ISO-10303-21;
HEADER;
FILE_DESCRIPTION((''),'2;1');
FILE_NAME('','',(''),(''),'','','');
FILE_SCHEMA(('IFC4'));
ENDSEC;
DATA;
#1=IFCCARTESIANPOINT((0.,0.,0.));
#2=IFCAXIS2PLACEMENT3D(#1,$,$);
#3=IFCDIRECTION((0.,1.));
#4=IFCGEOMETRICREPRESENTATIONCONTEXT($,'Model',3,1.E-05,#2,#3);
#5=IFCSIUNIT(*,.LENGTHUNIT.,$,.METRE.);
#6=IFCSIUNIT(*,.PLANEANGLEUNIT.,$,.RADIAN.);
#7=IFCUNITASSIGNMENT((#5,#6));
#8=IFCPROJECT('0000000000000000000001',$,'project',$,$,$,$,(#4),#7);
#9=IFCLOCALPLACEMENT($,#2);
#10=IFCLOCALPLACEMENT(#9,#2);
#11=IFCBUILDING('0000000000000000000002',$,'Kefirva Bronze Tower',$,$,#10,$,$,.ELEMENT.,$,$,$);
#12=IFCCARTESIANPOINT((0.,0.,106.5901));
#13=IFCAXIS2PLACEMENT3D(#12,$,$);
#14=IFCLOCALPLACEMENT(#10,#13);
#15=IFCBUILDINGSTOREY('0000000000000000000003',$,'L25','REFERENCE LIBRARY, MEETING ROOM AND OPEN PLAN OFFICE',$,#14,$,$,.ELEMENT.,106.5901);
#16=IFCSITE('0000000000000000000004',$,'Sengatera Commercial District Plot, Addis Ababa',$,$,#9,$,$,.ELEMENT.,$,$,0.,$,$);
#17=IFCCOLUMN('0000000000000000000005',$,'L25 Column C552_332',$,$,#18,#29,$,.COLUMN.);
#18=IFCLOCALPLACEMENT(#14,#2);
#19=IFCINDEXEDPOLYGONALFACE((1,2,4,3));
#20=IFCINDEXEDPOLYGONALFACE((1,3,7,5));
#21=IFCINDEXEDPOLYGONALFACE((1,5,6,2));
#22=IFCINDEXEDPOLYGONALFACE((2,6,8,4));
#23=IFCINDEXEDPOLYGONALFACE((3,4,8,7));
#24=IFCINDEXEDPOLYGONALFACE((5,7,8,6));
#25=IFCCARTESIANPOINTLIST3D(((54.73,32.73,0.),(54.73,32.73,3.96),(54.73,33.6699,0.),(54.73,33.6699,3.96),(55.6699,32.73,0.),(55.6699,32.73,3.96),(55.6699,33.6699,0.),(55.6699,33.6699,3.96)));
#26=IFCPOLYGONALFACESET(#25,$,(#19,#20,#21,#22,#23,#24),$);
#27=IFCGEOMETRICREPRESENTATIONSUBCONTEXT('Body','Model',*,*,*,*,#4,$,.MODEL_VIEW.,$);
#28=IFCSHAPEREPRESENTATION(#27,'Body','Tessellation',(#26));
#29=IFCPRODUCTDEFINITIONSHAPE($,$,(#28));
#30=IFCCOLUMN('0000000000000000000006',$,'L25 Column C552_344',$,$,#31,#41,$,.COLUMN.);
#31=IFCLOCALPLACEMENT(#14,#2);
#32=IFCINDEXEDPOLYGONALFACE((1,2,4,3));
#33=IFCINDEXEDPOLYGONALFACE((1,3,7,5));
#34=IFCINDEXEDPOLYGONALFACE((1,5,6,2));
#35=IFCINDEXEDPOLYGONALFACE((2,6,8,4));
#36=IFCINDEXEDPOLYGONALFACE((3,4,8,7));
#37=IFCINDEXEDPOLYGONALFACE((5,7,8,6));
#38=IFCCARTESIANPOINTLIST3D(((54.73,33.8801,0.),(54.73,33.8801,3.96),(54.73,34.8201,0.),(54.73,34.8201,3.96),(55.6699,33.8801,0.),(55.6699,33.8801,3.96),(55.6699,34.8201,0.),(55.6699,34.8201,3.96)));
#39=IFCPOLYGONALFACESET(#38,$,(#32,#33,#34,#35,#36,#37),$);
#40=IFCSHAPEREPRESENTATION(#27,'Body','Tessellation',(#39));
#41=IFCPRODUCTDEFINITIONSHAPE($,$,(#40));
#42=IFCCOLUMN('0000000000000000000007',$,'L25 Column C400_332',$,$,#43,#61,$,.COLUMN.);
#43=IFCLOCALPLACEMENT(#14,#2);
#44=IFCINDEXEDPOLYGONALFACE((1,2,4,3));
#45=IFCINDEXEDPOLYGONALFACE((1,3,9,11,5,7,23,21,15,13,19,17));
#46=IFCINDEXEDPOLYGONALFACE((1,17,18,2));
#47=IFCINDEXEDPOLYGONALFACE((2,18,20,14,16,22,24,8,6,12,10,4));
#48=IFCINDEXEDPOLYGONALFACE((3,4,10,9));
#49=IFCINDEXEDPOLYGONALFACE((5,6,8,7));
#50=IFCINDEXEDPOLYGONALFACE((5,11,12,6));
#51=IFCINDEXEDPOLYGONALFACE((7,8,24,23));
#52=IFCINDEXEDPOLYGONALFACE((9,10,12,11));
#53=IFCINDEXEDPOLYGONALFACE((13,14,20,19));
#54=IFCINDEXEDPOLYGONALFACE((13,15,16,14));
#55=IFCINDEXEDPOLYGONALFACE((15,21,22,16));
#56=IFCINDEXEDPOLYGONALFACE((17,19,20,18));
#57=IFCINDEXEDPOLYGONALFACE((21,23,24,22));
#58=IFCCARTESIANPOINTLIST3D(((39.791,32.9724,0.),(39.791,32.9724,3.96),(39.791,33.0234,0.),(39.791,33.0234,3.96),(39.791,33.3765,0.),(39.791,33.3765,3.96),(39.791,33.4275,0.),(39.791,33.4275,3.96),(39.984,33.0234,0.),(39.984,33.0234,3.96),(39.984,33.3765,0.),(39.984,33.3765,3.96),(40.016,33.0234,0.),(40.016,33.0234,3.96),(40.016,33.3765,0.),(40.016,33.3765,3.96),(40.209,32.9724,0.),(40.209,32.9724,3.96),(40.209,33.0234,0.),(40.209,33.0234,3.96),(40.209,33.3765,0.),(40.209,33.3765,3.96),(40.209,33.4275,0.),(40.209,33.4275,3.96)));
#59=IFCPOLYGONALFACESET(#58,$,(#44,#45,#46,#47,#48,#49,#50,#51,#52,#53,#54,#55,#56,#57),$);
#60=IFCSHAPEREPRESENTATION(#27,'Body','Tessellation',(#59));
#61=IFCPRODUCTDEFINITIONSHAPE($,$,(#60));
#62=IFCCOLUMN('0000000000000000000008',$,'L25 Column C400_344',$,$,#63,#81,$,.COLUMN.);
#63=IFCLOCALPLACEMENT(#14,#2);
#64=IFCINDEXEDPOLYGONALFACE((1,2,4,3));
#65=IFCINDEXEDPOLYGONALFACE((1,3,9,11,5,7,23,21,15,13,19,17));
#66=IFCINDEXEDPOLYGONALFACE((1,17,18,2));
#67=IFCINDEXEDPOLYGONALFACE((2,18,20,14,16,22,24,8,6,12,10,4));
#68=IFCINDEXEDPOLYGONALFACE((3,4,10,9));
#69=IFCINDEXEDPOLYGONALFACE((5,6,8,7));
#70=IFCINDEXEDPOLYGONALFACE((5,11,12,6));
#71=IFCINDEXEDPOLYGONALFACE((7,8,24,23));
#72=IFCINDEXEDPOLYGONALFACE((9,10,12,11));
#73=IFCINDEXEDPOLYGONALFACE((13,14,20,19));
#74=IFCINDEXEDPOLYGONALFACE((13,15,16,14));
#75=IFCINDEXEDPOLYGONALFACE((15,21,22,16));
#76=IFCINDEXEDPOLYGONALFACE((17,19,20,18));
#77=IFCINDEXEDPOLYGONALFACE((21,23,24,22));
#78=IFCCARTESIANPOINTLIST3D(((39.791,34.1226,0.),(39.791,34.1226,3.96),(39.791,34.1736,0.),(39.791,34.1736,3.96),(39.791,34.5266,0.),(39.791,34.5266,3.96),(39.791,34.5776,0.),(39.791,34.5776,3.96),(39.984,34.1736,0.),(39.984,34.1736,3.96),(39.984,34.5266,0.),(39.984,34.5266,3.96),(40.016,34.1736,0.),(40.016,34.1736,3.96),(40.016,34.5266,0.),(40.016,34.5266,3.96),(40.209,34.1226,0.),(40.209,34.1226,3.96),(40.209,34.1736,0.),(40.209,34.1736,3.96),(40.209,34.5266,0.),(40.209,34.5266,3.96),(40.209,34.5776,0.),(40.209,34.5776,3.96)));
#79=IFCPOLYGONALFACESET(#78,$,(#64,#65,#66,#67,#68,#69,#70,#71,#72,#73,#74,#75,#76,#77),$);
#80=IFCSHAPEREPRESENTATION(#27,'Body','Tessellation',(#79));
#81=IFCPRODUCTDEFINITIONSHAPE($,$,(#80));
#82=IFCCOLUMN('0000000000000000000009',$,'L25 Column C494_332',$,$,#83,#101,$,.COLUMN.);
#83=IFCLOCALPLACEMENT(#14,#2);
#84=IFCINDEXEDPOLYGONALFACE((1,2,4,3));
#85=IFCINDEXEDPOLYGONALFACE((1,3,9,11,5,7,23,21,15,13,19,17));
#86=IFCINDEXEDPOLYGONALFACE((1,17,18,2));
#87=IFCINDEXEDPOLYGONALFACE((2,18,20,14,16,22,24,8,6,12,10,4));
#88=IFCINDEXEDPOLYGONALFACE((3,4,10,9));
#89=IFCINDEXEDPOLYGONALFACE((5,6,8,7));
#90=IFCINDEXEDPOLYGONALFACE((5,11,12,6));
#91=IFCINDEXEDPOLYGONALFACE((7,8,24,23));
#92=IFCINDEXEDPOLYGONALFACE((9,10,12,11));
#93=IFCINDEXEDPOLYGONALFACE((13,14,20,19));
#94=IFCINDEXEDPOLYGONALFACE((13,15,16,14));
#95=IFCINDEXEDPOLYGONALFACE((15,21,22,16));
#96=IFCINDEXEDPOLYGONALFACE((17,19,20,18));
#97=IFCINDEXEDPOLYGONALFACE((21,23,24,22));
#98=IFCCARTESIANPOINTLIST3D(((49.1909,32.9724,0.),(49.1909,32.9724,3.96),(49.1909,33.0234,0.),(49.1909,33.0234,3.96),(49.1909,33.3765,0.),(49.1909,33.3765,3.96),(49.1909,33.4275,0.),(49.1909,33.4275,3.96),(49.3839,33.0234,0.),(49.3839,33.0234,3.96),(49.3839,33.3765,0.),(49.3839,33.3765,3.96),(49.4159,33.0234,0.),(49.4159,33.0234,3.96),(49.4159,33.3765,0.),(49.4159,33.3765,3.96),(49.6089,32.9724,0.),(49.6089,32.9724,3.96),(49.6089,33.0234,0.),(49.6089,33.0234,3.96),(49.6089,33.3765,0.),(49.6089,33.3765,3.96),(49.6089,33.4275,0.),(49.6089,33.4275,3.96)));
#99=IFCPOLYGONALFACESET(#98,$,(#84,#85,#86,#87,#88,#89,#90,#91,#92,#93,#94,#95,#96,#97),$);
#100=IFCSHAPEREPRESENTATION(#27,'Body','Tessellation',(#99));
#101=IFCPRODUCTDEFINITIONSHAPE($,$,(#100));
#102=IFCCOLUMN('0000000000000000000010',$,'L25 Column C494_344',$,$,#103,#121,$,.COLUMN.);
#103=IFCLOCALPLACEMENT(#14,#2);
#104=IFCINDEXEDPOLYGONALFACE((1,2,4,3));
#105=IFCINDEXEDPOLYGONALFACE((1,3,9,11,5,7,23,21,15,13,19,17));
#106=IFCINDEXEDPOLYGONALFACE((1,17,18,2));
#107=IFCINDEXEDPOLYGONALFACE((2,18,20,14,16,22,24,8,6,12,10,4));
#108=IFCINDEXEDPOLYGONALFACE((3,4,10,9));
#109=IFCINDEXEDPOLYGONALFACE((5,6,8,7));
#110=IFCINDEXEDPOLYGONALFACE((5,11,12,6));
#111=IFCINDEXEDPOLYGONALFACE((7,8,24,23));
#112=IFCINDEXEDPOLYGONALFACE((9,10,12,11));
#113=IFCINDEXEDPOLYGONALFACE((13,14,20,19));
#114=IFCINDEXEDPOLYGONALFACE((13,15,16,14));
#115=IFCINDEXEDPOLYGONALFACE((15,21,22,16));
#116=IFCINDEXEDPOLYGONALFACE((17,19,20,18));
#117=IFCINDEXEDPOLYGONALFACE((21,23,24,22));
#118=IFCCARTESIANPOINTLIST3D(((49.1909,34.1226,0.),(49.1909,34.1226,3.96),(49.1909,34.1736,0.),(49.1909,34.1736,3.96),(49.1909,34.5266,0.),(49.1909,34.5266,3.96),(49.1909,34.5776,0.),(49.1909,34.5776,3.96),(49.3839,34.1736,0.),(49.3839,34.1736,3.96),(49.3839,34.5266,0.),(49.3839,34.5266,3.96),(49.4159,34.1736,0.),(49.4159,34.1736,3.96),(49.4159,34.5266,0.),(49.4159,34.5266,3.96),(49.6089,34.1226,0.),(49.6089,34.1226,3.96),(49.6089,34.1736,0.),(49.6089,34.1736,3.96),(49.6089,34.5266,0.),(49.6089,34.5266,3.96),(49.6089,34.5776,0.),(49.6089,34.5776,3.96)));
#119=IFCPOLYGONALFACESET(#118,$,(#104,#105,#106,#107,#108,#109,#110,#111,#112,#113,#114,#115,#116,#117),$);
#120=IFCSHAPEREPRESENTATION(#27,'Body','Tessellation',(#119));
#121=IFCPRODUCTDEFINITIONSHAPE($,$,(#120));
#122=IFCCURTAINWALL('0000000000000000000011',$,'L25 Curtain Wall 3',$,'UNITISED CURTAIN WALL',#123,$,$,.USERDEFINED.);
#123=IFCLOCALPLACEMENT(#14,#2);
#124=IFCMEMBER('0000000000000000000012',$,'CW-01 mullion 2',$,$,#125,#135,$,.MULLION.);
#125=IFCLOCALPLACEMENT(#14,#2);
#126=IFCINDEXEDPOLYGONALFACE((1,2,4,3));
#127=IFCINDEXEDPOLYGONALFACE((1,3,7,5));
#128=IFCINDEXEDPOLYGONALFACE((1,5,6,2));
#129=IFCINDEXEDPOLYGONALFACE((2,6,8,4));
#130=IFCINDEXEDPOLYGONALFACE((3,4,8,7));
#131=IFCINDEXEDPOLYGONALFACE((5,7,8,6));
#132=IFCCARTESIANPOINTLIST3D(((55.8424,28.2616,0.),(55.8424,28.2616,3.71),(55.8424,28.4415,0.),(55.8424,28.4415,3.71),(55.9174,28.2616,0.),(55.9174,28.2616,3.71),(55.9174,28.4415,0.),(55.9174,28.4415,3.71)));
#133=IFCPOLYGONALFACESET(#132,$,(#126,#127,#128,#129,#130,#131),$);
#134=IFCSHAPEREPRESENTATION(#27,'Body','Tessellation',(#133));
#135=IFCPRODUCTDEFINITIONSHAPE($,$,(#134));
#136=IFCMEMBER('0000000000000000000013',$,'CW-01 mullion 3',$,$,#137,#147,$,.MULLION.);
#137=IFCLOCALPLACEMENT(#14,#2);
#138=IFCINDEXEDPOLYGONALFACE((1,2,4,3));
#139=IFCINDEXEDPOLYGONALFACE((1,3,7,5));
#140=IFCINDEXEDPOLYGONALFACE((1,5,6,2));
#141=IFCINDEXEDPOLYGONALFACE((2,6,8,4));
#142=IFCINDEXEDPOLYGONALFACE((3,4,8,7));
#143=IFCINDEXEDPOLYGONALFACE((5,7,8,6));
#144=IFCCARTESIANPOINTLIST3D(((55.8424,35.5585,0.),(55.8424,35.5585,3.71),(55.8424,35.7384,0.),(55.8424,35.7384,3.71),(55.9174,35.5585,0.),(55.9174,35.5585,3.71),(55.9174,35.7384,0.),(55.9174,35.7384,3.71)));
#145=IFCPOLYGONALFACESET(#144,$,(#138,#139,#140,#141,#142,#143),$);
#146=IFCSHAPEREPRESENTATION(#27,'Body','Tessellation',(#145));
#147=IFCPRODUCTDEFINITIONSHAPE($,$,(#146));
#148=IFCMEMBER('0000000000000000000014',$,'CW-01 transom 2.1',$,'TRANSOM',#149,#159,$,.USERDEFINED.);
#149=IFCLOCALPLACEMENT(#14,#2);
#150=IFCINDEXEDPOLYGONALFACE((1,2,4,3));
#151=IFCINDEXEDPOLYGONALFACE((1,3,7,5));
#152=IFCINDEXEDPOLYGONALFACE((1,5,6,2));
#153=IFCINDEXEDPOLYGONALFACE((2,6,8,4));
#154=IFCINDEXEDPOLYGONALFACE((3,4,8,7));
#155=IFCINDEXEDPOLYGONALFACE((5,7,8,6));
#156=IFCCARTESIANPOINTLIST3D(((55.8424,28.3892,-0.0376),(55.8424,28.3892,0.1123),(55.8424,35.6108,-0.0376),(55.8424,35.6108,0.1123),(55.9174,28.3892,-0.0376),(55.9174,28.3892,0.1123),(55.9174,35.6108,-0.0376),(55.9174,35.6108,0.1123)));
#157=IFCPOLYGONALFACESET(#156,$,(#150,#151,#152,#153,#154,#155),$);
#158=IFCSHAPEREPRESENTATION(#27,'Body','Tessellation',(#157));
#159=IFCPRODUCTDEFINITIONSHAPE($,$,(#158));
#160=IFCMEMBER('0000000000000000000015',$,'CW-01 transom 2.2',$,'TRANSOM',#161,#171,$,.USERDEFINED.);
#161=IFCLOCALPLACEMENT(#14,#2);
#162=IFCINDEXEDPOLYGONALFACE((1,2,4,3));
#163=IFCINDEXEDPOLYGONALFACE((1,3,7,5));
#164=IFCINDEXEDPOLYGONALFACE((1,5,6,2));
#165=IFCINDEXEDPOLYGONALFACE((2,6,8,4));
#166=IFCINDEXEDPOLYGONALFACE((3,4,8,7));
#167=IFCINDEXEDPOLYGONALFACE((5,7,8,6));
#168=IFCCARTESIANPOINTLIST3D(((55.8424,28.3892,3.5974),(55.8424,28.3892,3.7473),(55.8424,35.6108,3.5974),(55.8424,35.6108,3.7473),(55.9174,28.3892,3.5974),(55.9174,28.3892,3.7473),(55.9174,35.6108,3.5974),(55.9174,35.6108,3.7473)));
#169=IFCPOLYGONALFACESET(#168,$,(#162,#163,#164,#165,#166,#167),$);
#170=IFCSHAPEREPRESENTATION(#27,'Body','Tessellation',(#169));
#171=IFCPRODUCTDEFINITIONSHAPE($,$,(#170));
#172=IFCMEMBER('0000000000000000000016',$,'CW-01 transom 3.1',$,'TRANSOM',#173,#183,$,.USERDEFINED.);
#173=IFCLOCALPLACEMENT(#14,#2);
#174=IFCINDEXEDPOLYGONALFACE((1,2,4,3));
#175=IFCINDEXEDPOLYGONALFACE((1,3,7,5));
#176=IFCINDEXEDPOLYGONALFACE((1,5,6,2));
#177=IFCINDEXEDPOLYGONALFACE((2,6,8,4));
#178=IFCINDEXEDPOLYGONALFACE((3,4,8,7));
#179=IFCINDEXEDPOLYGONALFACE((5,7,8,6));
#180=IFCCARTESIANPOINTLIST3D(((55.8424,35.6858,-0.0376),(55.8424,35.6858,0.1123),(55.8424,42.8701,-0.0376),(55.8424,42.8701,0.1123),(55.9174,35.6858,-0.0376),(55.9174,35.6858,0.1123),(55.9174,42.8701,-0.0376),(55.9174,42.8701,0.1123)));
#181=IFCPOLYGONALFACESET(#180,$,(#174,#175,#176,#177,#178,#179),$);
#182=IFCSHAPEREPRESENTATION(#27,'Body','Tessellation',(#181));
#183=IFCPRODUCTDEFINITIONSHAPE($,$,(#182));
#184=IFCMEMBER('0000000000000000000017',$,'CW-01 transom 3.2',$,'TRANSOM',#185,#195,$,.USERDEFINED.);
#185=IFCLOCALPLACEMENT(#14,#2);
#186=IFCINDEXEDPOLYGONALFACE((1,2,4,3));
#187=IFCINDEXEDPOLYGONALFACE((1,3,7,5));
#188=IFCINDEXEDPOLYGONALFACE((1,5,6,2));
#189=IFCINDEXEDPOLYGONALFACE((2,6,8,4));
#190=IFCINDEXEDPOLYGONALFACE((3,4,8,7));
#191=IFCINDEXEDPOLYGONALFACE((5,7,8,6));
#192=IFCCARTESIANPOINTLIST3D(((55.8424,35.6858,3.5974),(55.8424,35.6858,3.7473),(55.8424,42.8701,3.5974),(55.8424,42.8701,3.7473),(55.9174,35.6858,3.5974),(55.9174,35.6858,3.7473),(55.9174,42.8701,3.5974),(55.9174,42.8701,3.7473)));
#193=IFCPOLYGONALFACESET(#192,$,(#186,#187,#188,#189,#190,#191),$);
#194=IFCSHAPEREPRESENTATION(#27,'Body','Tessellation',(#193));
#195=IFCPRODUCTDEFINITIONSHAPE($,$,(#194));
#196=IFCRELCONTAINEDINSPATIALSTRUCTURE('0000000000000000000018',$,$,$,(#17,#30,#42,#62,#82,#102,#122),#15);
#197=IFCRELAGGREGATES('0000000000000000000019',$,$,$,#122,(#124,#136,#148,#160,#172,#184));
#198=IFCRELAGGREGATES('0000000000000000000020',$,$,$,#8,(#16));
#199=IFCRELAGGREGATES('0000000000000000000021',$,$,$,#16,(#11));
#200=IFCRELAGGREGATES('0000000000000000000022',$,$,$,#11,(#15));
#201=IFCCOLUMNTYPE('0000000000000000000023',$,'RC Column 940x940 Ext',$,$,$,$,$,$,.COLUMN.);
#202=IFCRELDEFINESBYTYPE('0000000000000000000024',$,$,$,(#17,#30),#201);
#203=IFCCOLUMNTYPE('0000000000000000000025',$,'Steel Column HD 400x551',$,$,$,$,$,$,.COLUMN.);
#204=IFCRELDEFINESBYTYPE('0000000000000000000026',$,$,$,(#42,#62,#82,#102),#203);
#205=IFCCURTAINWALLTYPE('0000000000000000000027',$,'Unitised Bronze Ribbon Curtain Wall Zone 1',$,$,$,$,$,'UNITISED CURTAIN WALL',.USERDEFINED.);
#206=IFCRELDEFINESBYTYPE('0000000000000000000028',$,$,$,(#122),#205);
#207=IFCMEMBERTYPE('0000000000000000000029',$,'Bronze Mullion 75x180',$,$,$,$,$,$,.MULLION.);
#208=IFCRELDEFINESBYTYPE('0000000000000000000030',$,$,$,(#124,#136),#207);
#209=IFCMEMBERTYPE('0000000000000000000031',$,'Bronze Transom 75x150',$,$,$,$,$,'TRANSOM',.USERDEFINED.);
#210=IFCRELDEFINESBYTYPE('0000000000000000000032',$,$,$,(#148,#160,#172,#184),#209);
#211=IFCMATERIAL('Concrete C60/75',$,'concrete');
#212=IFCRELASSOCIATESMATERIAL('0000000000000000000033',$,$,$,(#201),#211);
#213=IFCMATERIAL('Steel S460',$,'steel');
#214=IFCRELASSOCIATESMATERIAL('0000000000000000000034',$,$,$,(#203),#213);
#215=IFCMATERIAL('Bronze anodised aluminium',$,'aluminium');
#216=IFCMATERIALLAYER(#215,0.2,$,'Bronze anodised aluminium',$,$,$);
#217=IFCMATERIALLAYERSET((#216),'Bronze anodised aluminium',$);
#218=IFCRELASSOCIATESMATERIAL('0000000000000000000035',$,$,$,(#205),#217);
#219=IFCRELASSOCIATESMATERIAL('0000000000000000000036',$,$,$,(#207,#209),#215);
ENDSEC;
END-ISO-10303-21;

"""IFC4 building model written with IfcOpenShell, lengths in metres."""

from ifc_helpers import new_model, si_unit, direction, frame, origin, origin_2d, place, context, subcontext, project, spatial, rectangle, i_section, extrude, material, layer, layer_set, material_profile, profile_set, type_object, element, aggregate, save


model = new_model("IFC4")

# Units and contexts
model_context = context("Model", 3, precision=1e-05, world=origin(), true_north=direction((0.0, 1.0)))
body_context = subcontext(model_context, "Body", "Model", "MODEL_VIEW")
ifc_project = project(units=[si_unit("LENGTHUNIT", "METRE"), si_unit("PLANEANGLEUNIT", "RADIAN")], contexts=[model_context])

# Site, building, storey
site_placement = place(None, origin())
site = spatial("IfcSite", under=ifc_project, at=site_placement, Name="Sengatera Commercial District Plot, Addis Ababa", CompositionType="ELEMENT", RefElevation=0.0)
building_placement = place(site_placement, origin())
building = spatial("IfcBuilding", under=site, at=building_placement, Name="Kefirva Bronze Tower", CompositionType="ELEMENT")
storey_placement = place(building_placement, frame((0.0, 0.0, 106.5901)))
storey = spatial("IfcBuildingStorey", under=building, at=storey_placement, Name="L25", Description="REFERENCE LIBRARY, MEETING ROOM AND OPEN PLAN OFFICE", CompositionType="ELEMENT", Elevation=106.5901)

# Columns
ifc_material_1 = material(Name="Concrete C60/75", Category="concrete")
ifc_material_profile_1 = material_profile(ifc_material_1, rectangle(XDim=0.9399, YDim=0.9399, at=origin_2d()), Name="RC 940x940")
ifc_profile_set_1 = profile_set([ifc_material_profile_1], Name="Concrete C60/75")
column_type_1 = type_object("IfcColumnType", Name="RC Column 940x940 Ext", PredefinedType="COLUMN", material=ifc_profile_set_1)
for number, where, z_axis, x_axis, name in (
    (1, (55.2, 33.2, 0.0), (0.0, 0.0, 1.0), (1.0, 0.0, 0.0), "L25 Column C552_332"),
    (2, (55.2, 34.3501, 0.0), (0.0, 0.0, 1.0), (1.0, 0.0, 0.0), "L25 Column C552_344"),
):
    element("IfcColumn", number, at=place(storey_placement, frame(where, z_axis=z_axis, x_axis=x_axis)), inside=storey, type_object=column_type_1, Name=name, PredefinedType="COLUMN", context=body_context, shape_type="SweptSolid", body=[
        extrude(rectangle(XDim=0.9399, YDim=0.9399, at=origin_2d()), origin(), (0.0, 0.0, 1.0), 3.96),
    ])
ifc_material_2 = material(Name="Steel S460", Category="steel")
ifc_material_profile_2 = material_profile(ifc_material_2, i_section(OverallWidth=0.418, OverallDepth=0.4551, WebThickness=0.032, FlangeThickness=0.051, at=origin_2d()), Name="HD 400x551")
ifc_profile_set_2 = profile_set([ifc_material_profile_2], Name="Steel S460")
column_type_2 = type_object("IfcColumnType", Name="Steel Column HD 400x551", PredefinedType="COLUMN", material=ifc_profile_set_2)
for number, where, z_axis, x_axis, name in (
    (3, (40.0, 33.2, 0.0), (0.0, 0.0, 1.0), (1.0, 0.0, 0.0), "L25 Column C400_332"),
    (4, (40.0, 34.3501, 0.0), (0.0, 0.0, 1.0), (1.0, 0.0, 0.0), "L25 Column C400_344"),
    (5, (49.3999, 33.2, 0.0), (0.0, 0.0, 1.0), (1.0, 0.0, 0.0), "L25 Column C494_332"),
    (6, (49.3999, 34.3501, 0.0), (0.0, 0.0, 1.0), (1.0, 0.0, 0.0), "L25 Column C494_344"),
):
    element("IfcColumn", number, at=place(storey_placement, frame(where, z_axis=z_axis, x_axis=x_axis)), inside=storey, type_object=column_type_2, Name=name, PredefinedType="COLUMN", context=body_context, shape_type="SweptSolid", body=[
        extrude(i_section(OverallWidth=0.418, OverallDepth=0.4551, WebThickness=0.032, FlangeThickness=0.051, at=origin_2d()), origin(), (0.0, 0.0, 1.0), 3.96),
    ])

# Curtain wall, members
ifc_material_3 = material(Name="Bronze anodised aluminium", Category="aluminium")
ifc_layer_1 = layer(ifc_material_3, 0.2, Name="Bronze anodised aluminium")
ifc_layer_set_1 = layer_set([ifc_layer_1], Name="Bronze anodised aluminium")
curtain_wall_type = type_object("IfcCurtainWallType", Name="Unitised Bronze Ribbon Curtain Wall Zone 1", ElementType="UNITISED CURTAIN WALL", PredefinedType="USERDEFINED", material=ifc_layer_set_1)
curtain_wall_placement = place(storey_placement, origin())
curtain_wall = element("IfcCurtainWall", 7, at=curtain_wall_placement, inside=storey, type_object=curtain_wall_type, Name="L25 Curtain Wall 3", ObjectType="UNITISED CURTAIN WALL", PredefinedType="USERDEFINED")
ifc_material_profile_3 = material_profile(ifc_material_3, rectangle(XDim=0.075, YDim=0.1799, at=origin_2d()), Name="ALU 75x180")
ifc_profile_set_3 = profile_set([ifc_material_profile_3], Name="Bronze anodised aluminium")
member_type_1 = type_object("IfcMemberType", Name="Bronze Mullion 75x180", PredefinedType="MULLION", material=ifc_profile_set_3)
member_1_placement = place(storey_placement, frame((55.8799, 28.3516, 0.0), z_axis=(0.0, 0.0, 1.0), x_axis=(-1.0, 0.0, 0.0)))
member_1 = element("IfcMember", 8, at=member_1_placement, type_object=member_type_1, Name="CW-01 mullion 2", PredefinedType="MULLION", context=body_context, shape_type="SweptSolid", body=[
    extrude(rectangle(XDim=0.075, YDim=0.1799, at=origin_2d()), origin(), (0.0, 0.0, 1.0), 3.71),
])
member_2_placement = place(storey_placement, frame((55.8799, 35.6484, 0.0), z_axis=(0.0, 0.0, 1.0), x_axis=(-1.0, 0.0, 0.0)))
member_2 = element("IfcMember", 9, at=member_2_placement, type_object=member_type_1, Name="CW-01 mullion 3", PredefinedType="MULLION", context=body_context, shape_type="SweptSolid", body=[
    extrude(rectangle(XDim=0.075, YDim=0.1799, at=origin_2d()), origin(), (0.0, 0.0, 1.0), 3.71),
])
ifc_material_profile_4 = material_profile(ifc_material_3, rectangle(XDim=0.075, YDim=0.1499, at=origin_2d()), Name="ALU 75x150")
ifc_profile_set_4 = profile_set([ifc_material_profile_4], Name="Bronze anodised aluminium")
member_type_2 = type_object("IfcMemberType", Name="Bronze Transom 75x150", ElementType="TRANSOM", PredefinedType="USERDEFINED", material=ifc_profile_set_4)
member_3_placement = place(storey_placement, frame((55.8799, 28.3892, 0.0374), z_axis=(0.0, 1.0, 0.0), x_axis=(-1.0, 0.0, 0.0)))
member_3 = element("IfcMember", 10, at=member_3_placement, type_object=member_type_2, Name="CW-01 transom 2.1", ObjectType="TRANSOM", PredefinedType="USERDEFINED", context=body_context, shape_type="SweptSolid", body=[
    extrude(rectangle(XDim=0.075, YDim=0.1499, at=origin_2d()), origin(), (0.0, 0.0, 1.0), 7.2217),
])
member_4_placement = place(storey_placement, frame((55.8799, 28.3892, 3.6724), z_axis=(0.0, 1.0, 0.0), x_axis=(-1.0, 0.0, 0.0)))
member_4 = element("IfcMember", 11, at=member_4_placement, type_object=member_type_2, Name="CW-01 transom 2.2", ObjectType="TRANSOM", PredefinedType="USERDEFINED", context=body_context, shape_type="SweptSolid", body=[
    extrude(rectangle(XDim=0.075, YDim=0.1499, at=origin_2d()), origin(), (0.0, 0.0, 1.0), 7.2217),
])
member_5_placement = place(storey_placement, frame((55.8799, 35.6858, 0.0374), z_axis=(0.0, 1.0, 0.0), x_axis=(-1.0, 0.0, 0.0)))
member_5 = element("IfcMember", 12, at=member_5_placement, type_object=member_type_2, Name="CW-01 transom 3.1", ObjectType="TRANSOM", PredefinedType="USERDEFINED", context=body_context, shape_type="SweptSolid", body=[
    extrude(rectangle(XDim=0.075, YDim=0.1499, at=origin_2d()), origin(), (0.0, 0.0, 1.0), 7.1843),
])
member_6_placement = place(storey_placement, frame((55.8799, 35.6858, 3.6724), z_axis=(0.0, 1.0, 0.0), x_axis=(-1.0, 0.0, 0.0)))
member_6 = element("IfcMember", 13, at=member_6_placement, type_object=member_type_2, Name="CW-01 transom 3.2", ObjectType="TRANSOM", PredefinedType="USERDEFINED", context=body_context, shape_type="SweptSolid", body=[
    extrude(rectangle(XDim=0.075, YDim=0.1499, at=origin_2d()), origin(), (0.0, 0.0, 1.0), 7.1843),
])

aggregate(curtain_wall, [member_1, member_2, member_3, member_4, member_5, member_6])

save(model, "model.ifc")
